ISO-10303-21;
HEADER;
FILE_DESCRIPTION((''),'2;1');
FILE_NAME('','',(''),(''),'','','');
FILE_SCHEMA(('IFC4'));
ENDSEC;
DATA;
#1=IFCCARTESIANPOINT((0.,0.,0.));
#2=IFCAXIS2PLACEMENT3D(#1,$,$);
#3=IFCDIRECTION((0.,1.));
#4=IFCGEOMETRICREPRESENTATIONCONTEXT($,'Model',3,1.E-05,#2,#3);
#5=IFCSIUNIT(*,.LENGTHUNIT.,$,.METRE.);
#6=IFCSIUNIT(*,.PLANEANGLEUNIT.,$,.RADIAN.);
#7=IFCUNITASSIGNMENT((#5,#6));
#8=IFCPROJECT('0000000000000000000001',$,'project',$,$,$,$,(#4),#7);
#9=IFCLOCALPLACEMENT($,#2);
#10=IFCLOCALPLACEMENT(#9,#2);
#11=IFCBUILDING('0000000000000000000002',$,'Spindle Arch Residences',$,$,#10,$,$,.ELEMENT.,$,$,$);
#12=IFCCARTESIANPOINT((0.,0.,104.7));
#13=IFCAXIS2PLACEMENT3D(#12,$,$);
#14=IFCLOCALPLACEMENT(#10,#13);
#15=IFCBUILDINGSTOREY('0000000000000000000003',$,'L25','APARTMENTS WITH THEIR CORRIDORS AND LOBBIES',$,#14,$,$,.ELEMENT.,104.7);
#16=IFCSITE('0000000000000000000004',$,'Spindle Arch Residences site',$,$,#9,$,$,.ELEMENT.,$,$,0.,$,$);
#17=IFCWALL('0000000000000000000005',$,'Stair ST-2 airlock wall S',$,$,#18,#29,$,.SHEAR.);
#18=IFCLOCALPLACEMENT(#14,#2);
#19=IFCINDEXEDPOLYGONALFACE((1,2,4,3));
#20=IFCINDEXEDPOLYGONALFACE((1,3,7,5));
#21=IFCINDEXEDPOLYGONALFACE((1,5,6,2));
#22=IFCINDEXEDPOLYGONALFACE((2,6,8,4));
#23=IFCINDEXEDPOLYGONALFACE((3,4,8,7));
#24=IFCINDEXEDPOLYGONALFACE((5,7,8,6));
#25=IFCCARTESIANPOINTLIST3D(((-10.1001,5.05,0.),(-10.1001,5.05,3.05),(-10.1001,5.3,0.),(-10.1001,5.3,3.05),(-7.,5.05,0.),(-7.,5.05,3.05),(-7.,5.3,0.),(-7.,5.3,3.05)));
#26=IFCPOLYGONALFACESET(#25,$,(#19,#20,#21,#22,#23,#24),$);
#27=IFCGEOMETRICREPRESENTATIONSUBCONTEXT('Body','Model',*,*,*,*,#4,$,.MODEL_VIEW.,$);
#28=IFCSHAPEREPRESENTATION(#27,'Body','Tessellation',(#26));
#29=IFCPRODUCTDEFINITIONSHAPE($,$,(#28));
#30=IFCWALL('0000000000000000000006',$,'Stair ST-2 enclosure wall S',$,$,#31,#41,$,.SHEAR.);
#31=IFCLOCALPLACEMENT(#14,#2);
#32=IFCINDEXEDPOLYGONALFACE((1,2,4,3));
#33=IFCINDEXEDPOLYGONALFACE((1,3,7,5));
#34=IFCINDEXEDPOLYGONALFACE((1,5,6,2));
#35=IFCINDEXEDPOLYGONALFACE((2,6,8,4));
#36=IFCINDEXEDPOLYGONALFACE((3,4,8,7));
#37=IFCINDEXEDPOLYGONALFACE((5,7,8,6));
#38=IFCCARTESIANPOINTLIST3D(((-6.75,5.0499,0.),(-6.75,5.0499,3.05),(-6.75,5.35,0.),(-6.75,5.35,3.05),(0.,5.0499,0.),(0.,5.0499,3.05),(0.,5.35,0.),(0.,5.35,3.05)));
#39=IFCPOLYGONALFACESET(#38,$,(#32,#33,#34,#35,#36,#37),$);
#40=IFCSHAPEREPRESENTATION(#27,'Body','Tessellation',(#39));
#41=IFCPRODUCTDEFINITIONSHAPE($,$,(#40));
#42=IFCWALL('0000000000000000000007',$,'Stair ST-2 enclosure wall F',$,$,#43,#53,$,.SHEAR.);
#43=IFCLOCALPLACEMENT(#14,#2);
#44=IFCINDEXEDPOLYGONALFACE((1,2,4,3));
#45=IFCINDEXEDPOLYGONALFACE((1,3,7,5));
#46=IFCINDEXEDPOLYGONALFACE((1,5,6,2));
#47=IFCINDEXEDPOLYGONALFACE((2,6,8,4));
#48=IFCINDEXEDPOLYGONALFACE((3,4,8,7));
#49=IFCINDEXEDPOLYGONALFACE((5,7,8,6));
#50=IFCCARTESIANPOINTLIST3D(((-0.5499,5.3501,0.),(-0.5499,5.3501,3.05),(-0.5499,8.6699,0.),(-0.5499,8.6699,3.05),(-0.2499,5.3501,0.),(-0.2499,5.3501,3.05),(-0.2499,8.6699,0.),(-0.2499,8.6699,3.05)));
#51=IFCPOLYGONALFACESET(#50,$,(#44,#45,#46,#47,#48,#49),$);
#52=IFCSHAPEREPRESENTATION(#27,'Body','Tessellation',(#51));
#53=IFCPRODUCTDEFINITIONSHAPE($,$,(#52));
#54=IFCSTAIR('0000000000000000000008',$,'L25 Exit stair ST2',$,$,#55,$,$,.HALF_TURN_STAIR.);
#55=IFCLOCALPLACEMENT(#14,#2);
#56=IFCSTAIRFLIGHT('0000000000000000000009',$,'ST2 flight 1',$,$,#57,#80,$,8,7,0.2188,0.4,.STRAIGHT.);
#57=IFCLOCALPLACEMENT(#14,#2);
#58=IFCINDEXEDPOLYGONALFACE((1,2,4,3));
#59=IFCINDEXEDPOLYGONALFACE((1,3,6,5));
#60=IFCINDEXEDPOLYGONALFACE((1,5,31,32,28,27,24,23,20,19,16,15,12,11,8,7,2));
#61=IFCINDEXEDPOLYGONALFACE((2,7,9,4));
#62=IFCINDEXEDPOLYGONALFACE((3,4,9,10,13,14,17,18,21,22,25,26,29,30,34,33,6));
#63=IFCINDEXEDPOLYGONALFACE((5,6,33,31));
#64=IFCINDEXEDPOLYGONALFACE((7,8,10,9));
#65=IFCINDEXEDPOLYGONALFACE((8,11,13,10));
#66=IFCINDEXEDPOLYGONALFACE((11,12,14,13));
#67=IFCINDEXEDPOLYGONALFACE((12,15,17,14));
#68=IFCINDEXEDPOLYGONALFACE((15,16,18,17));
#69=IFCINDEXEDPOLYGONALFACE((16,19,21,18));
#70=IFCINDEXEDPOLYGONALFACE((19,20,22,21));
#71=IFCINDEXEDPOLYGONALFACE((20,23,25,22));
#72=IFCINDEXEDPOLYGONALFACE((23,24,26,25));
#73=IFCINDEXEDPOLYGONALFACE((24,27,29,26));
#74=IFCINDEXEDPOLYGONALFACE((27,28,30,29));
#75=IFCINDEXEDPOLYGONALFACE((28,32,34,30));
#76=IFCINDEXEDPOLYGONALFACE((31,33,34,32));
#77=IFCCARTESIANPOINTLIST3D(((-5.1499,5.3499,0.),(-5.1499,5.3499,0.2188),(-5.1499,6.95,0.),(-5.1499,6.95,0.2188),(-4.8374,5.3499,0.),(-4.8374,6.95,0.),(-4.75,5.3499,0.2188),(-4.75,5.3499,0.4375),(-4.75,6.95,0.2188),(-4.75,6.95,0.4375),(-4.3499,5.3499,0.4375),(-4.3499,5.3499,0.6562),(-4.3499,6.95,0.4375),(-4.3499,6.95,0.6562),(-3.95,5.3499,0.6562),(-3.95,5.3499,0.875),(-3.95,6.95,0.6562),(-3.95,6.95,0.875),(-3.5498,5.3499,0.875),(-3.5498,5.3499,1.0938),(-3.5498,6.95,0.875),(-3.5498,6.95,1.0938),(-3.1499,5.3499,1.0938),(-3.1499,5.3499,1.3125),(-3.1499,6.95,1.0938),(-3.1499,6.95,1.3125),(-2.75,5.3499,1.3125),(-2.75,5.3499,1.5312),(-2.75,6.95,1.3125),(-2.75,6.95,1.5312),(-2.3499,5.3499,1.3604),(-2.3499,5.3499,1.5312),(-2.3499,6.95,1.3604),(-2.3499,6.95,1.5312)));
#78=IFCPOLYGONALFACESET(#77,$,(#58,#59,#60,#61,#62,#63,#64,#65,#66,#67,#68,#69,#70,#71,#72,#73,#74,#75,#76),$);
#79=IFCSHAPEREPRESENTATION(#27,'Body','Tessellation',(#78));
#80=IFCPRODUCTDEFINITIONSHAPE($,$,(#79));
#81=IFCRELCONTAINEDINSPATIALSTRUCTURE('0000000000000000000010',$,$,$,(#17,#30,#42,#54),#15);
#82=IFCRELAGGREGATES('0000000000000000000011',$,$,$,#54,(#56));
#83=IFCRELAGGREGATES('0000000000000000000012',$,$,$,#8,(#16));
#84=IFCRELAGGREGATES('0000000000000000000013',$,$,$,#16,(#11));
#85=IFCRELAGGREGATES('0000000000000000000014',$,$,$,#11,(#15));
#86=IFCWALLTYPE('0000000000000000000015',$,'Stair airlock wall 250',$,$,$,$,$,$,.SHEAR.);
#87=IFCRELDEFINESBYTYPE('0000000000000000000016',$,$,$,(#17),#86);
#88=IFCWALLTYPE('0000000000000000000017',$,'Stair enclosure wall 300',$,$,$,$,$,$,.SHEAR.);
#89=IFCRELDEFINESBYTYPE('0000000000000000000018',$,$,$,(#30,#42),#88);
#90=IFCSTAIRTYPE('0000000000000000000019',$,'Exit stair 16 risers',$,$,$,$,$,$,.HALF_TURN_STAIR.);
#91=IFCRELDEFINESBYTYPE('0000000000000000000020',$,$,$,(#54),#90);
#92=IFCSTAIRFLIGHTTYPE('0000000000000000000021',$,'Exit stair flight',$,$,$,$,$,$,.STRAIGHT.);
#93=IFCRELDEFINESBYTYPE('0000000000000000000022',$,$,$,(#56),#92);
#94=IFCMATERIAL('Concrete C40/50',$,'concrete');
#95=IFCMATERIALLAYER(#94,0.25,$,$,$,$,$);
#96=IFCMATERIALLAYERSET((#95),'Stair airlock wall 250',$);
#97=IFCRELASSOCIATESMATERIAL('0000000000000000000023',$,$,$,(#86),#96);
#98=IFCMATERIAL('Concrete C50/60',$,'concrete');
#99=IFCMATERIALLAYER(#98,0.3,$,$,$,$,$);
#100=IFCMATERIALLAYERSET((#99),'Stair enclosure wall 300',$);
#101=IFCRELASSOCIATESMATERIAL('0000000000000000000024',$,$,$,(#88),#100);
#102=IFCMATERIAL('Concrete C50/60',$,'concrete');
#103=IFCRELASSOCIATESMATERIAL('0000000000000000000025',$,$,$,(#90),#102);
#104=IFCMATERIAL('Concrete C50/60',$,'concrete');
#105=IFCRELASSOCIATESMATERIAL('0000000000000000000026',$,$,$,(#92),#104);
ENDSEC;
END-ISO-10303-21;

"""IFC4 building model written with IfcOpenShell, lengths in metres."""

from ifc_helpers import new_model, si_unit, direction, frame, frame_2d, origin, place, context, subcontext, project, spatial, polyline, rectangle, outline, extrude, material, layer, layer_set, type_object, element, aggregate, save


model = new_model("IFC4")

# Units and contexts
model_context = context("Model", 3, precision=1e-05, world=origin(), true_north=direction((0.0, 1.0)))
body_context = subcontext(model_context, "Body", "Model", "MODEL_VIEW")
ifc_project = project(units=[si_unit("LENGTHUNIT", "METRE"), si_unit("PLANEANGLEUNIT", "RADIAN")], contexts=[model_context])

# Site, building, storey
site_placement = place(None, origin())
site = spatial("IfcSite", under=ifc_project, at=site_placement, Name="Spindle Arch Residences site", CompositionType="ELEMENT", RefElevation=0.0)
building_placement = place(site_placement, origin())
building = spatial("IfcBuilding", under=site, at=building_placement, Name="Spindle Arch Residences", CompositionType="ELEMENT")
storey_placement = place(building_placement, frame((0.0, 0.0, 104.7)))
storey = spatial("IfcBuildingStorey", under=building, at=storey_placement, Name="L25", Description="APARTMENTS WITH THEIR CORRIDORS AND LOBBIES", CompositionType="ELEMENT", Elevation=104.7)

# Walls
ifc_material_1 = material(Name="Concrete C40/50", Category="concrete")
ifc_layer_1 = layer(ifc_material_1, 0.25)
ifc_layer_set_1 = layer_set([ifc_layer_1], Name="Stair airlock wall 250")
wall_type_1 = type_object("IfcWallType", Name="Stair airlock wall 250", PredefinedType="SHEAR", material=ifc_layer_set_1)
wall_1_placement = place(storey_placement, frame((-7.0, 5.175, 0.0), z_axis=(0.0, 0.0, 1.0), x_axis=(-1.0, 0.0, 0.0)))
element("IfcWall", 1, at=wall_1_placement, inside=storey, type_object=wall_type_1, Name="Stair ST-2 airlock wall S", PredefinedType="SHEAR", context=body_context, shape_type="SweptSolid", body=[
    extrude(rectangle(XDim=3.1001, YDim=0.25, at=frame_2d((1.55, 0.0))), origin(), (0.0, 0.0, 1.0), 3.05),
])
ifc_material_2 = material(Name="Concrete C50/60", Category="concrete")
ifc_layer_2 = layer(ifc_material_2, 0.3)
ifc_layer_set_2 = layer_set([ifc_layer_2], Name="Stair enclosure wall 300")
wall_type_2 = type_object("IfcWallType", Name="Stair enclosure wall 300", PredefinedType="SHEAR", material=ifc_layer_set_2)
wall_2_placement = place(storey_placement, frame((-6.75, 5.2, 0.0), z_axis=(0.0, 0.0, 1.0), x_axis=(1.0, 0.0, 0.0)))
element("IfcWall", 2, at=wall_2_placement, inside=storey, type_object=wall_type_2, Name="Stair ST-2 enclosure wall S", PredefinedType="SHEAR", context=body_context, shape_type="SweptSolid", body=[
    extrude(rectangle(XDim=6.75, YDim=0.3, at=frame_2d((3.375, 0.0))), origin(), (0.0, 0.0, 1.0), 3.05),
])
wall_3_placement = place(storey_placement, frame((-0.3999, 5.3501, 0.0), z_axis=(0.0, 0.0, 1.0), x_axis=(0.0, 1.0, 0.0)))
element("IfcWall", 3, at=wall_3_placement, inside=storey, type_object=wall_type_2, Name="Stair ST-2 enclosure wall F", PredefinedType="SHEAR", context=body_context, shape_type="SweptSolid", body=[
    extrude(rectangle(XDim=3.3198, YDim=0.3, at=frame_2d((1.6599, 0.0))), origin(), (0.0, 0.0, 1.0), 3.05),
])

# Stair, stair flight
ifc_material_3 = material(Name="Concrete C50/60", Category="concrete")
stair_type = type_object("IfcStairType", Name="Exit stair 16 risers", PredefinedType="HALF_TURN_STAIR", material=ifc_material_3)
stair_placement = place(storey_placement, origin())
stair = element("IfcStair", 4, at=stair_placement, inside=storey, type_object=stair_type, Name="L25 Exit stair ST2", PredefinedType="HALF_TURN_STAIR")
ifc_material_4 = material(Name="Concrete C50/60", Category="concrete")
stair_flight_type = type_object("IfcStairFlightType", Name="Exit stair flight", PredefinedType="STRAIGHT", material=ifc_material_4)
stair_flight_placement = place(storey_placement, frame((-5.1499, 6.1499, 0.0), z_axis=(0.0, 0.0, 1.0), x_axis=(1.0, 0.0, 0.0)))
stair_flight = element("IfcStairFlight", 5, at=stair_flight_placement, type_object=stair_flight_type, Name="ST2 flight 1", NumberOfRisers=8, NumberOfTreads=7, PredefinedType="STRAIGHT", RiserHeight=0.2188, TreadLength=0.4, context=body_context, shape_type="SweptSolid", body=[
    extrude(outline(polyline([(0.0, 0.0), (0.0, 0.2188), (0.3999, 0.2188), (0.3999, 0.4375), (0.8, 0.4375), (0.8, 0.6562), (1.2, 0.6562), (1.2, 0.875), (1.6001, 0.875), (1.6001, 1.0938), (2.0, 1.0938), (2.0, 1.3125), (2.3999, 1.3125), (2.3999, 1.5312), (2.8, 1.5312), (2.8, 1.75), (2.8, 1.3604), (0.3125, 0.0), (0.0, 0.0)])), frame((0.0, 0.8, 0.0), z_axis=(0.0, -1.0, 0.0), x_axis=(1.0, 0.0, 0.0)), (0.0, 0.0, 1.0), 1.6001),
])
aggregate(stair, [stair_flight])

save(model, "model.ifc")
